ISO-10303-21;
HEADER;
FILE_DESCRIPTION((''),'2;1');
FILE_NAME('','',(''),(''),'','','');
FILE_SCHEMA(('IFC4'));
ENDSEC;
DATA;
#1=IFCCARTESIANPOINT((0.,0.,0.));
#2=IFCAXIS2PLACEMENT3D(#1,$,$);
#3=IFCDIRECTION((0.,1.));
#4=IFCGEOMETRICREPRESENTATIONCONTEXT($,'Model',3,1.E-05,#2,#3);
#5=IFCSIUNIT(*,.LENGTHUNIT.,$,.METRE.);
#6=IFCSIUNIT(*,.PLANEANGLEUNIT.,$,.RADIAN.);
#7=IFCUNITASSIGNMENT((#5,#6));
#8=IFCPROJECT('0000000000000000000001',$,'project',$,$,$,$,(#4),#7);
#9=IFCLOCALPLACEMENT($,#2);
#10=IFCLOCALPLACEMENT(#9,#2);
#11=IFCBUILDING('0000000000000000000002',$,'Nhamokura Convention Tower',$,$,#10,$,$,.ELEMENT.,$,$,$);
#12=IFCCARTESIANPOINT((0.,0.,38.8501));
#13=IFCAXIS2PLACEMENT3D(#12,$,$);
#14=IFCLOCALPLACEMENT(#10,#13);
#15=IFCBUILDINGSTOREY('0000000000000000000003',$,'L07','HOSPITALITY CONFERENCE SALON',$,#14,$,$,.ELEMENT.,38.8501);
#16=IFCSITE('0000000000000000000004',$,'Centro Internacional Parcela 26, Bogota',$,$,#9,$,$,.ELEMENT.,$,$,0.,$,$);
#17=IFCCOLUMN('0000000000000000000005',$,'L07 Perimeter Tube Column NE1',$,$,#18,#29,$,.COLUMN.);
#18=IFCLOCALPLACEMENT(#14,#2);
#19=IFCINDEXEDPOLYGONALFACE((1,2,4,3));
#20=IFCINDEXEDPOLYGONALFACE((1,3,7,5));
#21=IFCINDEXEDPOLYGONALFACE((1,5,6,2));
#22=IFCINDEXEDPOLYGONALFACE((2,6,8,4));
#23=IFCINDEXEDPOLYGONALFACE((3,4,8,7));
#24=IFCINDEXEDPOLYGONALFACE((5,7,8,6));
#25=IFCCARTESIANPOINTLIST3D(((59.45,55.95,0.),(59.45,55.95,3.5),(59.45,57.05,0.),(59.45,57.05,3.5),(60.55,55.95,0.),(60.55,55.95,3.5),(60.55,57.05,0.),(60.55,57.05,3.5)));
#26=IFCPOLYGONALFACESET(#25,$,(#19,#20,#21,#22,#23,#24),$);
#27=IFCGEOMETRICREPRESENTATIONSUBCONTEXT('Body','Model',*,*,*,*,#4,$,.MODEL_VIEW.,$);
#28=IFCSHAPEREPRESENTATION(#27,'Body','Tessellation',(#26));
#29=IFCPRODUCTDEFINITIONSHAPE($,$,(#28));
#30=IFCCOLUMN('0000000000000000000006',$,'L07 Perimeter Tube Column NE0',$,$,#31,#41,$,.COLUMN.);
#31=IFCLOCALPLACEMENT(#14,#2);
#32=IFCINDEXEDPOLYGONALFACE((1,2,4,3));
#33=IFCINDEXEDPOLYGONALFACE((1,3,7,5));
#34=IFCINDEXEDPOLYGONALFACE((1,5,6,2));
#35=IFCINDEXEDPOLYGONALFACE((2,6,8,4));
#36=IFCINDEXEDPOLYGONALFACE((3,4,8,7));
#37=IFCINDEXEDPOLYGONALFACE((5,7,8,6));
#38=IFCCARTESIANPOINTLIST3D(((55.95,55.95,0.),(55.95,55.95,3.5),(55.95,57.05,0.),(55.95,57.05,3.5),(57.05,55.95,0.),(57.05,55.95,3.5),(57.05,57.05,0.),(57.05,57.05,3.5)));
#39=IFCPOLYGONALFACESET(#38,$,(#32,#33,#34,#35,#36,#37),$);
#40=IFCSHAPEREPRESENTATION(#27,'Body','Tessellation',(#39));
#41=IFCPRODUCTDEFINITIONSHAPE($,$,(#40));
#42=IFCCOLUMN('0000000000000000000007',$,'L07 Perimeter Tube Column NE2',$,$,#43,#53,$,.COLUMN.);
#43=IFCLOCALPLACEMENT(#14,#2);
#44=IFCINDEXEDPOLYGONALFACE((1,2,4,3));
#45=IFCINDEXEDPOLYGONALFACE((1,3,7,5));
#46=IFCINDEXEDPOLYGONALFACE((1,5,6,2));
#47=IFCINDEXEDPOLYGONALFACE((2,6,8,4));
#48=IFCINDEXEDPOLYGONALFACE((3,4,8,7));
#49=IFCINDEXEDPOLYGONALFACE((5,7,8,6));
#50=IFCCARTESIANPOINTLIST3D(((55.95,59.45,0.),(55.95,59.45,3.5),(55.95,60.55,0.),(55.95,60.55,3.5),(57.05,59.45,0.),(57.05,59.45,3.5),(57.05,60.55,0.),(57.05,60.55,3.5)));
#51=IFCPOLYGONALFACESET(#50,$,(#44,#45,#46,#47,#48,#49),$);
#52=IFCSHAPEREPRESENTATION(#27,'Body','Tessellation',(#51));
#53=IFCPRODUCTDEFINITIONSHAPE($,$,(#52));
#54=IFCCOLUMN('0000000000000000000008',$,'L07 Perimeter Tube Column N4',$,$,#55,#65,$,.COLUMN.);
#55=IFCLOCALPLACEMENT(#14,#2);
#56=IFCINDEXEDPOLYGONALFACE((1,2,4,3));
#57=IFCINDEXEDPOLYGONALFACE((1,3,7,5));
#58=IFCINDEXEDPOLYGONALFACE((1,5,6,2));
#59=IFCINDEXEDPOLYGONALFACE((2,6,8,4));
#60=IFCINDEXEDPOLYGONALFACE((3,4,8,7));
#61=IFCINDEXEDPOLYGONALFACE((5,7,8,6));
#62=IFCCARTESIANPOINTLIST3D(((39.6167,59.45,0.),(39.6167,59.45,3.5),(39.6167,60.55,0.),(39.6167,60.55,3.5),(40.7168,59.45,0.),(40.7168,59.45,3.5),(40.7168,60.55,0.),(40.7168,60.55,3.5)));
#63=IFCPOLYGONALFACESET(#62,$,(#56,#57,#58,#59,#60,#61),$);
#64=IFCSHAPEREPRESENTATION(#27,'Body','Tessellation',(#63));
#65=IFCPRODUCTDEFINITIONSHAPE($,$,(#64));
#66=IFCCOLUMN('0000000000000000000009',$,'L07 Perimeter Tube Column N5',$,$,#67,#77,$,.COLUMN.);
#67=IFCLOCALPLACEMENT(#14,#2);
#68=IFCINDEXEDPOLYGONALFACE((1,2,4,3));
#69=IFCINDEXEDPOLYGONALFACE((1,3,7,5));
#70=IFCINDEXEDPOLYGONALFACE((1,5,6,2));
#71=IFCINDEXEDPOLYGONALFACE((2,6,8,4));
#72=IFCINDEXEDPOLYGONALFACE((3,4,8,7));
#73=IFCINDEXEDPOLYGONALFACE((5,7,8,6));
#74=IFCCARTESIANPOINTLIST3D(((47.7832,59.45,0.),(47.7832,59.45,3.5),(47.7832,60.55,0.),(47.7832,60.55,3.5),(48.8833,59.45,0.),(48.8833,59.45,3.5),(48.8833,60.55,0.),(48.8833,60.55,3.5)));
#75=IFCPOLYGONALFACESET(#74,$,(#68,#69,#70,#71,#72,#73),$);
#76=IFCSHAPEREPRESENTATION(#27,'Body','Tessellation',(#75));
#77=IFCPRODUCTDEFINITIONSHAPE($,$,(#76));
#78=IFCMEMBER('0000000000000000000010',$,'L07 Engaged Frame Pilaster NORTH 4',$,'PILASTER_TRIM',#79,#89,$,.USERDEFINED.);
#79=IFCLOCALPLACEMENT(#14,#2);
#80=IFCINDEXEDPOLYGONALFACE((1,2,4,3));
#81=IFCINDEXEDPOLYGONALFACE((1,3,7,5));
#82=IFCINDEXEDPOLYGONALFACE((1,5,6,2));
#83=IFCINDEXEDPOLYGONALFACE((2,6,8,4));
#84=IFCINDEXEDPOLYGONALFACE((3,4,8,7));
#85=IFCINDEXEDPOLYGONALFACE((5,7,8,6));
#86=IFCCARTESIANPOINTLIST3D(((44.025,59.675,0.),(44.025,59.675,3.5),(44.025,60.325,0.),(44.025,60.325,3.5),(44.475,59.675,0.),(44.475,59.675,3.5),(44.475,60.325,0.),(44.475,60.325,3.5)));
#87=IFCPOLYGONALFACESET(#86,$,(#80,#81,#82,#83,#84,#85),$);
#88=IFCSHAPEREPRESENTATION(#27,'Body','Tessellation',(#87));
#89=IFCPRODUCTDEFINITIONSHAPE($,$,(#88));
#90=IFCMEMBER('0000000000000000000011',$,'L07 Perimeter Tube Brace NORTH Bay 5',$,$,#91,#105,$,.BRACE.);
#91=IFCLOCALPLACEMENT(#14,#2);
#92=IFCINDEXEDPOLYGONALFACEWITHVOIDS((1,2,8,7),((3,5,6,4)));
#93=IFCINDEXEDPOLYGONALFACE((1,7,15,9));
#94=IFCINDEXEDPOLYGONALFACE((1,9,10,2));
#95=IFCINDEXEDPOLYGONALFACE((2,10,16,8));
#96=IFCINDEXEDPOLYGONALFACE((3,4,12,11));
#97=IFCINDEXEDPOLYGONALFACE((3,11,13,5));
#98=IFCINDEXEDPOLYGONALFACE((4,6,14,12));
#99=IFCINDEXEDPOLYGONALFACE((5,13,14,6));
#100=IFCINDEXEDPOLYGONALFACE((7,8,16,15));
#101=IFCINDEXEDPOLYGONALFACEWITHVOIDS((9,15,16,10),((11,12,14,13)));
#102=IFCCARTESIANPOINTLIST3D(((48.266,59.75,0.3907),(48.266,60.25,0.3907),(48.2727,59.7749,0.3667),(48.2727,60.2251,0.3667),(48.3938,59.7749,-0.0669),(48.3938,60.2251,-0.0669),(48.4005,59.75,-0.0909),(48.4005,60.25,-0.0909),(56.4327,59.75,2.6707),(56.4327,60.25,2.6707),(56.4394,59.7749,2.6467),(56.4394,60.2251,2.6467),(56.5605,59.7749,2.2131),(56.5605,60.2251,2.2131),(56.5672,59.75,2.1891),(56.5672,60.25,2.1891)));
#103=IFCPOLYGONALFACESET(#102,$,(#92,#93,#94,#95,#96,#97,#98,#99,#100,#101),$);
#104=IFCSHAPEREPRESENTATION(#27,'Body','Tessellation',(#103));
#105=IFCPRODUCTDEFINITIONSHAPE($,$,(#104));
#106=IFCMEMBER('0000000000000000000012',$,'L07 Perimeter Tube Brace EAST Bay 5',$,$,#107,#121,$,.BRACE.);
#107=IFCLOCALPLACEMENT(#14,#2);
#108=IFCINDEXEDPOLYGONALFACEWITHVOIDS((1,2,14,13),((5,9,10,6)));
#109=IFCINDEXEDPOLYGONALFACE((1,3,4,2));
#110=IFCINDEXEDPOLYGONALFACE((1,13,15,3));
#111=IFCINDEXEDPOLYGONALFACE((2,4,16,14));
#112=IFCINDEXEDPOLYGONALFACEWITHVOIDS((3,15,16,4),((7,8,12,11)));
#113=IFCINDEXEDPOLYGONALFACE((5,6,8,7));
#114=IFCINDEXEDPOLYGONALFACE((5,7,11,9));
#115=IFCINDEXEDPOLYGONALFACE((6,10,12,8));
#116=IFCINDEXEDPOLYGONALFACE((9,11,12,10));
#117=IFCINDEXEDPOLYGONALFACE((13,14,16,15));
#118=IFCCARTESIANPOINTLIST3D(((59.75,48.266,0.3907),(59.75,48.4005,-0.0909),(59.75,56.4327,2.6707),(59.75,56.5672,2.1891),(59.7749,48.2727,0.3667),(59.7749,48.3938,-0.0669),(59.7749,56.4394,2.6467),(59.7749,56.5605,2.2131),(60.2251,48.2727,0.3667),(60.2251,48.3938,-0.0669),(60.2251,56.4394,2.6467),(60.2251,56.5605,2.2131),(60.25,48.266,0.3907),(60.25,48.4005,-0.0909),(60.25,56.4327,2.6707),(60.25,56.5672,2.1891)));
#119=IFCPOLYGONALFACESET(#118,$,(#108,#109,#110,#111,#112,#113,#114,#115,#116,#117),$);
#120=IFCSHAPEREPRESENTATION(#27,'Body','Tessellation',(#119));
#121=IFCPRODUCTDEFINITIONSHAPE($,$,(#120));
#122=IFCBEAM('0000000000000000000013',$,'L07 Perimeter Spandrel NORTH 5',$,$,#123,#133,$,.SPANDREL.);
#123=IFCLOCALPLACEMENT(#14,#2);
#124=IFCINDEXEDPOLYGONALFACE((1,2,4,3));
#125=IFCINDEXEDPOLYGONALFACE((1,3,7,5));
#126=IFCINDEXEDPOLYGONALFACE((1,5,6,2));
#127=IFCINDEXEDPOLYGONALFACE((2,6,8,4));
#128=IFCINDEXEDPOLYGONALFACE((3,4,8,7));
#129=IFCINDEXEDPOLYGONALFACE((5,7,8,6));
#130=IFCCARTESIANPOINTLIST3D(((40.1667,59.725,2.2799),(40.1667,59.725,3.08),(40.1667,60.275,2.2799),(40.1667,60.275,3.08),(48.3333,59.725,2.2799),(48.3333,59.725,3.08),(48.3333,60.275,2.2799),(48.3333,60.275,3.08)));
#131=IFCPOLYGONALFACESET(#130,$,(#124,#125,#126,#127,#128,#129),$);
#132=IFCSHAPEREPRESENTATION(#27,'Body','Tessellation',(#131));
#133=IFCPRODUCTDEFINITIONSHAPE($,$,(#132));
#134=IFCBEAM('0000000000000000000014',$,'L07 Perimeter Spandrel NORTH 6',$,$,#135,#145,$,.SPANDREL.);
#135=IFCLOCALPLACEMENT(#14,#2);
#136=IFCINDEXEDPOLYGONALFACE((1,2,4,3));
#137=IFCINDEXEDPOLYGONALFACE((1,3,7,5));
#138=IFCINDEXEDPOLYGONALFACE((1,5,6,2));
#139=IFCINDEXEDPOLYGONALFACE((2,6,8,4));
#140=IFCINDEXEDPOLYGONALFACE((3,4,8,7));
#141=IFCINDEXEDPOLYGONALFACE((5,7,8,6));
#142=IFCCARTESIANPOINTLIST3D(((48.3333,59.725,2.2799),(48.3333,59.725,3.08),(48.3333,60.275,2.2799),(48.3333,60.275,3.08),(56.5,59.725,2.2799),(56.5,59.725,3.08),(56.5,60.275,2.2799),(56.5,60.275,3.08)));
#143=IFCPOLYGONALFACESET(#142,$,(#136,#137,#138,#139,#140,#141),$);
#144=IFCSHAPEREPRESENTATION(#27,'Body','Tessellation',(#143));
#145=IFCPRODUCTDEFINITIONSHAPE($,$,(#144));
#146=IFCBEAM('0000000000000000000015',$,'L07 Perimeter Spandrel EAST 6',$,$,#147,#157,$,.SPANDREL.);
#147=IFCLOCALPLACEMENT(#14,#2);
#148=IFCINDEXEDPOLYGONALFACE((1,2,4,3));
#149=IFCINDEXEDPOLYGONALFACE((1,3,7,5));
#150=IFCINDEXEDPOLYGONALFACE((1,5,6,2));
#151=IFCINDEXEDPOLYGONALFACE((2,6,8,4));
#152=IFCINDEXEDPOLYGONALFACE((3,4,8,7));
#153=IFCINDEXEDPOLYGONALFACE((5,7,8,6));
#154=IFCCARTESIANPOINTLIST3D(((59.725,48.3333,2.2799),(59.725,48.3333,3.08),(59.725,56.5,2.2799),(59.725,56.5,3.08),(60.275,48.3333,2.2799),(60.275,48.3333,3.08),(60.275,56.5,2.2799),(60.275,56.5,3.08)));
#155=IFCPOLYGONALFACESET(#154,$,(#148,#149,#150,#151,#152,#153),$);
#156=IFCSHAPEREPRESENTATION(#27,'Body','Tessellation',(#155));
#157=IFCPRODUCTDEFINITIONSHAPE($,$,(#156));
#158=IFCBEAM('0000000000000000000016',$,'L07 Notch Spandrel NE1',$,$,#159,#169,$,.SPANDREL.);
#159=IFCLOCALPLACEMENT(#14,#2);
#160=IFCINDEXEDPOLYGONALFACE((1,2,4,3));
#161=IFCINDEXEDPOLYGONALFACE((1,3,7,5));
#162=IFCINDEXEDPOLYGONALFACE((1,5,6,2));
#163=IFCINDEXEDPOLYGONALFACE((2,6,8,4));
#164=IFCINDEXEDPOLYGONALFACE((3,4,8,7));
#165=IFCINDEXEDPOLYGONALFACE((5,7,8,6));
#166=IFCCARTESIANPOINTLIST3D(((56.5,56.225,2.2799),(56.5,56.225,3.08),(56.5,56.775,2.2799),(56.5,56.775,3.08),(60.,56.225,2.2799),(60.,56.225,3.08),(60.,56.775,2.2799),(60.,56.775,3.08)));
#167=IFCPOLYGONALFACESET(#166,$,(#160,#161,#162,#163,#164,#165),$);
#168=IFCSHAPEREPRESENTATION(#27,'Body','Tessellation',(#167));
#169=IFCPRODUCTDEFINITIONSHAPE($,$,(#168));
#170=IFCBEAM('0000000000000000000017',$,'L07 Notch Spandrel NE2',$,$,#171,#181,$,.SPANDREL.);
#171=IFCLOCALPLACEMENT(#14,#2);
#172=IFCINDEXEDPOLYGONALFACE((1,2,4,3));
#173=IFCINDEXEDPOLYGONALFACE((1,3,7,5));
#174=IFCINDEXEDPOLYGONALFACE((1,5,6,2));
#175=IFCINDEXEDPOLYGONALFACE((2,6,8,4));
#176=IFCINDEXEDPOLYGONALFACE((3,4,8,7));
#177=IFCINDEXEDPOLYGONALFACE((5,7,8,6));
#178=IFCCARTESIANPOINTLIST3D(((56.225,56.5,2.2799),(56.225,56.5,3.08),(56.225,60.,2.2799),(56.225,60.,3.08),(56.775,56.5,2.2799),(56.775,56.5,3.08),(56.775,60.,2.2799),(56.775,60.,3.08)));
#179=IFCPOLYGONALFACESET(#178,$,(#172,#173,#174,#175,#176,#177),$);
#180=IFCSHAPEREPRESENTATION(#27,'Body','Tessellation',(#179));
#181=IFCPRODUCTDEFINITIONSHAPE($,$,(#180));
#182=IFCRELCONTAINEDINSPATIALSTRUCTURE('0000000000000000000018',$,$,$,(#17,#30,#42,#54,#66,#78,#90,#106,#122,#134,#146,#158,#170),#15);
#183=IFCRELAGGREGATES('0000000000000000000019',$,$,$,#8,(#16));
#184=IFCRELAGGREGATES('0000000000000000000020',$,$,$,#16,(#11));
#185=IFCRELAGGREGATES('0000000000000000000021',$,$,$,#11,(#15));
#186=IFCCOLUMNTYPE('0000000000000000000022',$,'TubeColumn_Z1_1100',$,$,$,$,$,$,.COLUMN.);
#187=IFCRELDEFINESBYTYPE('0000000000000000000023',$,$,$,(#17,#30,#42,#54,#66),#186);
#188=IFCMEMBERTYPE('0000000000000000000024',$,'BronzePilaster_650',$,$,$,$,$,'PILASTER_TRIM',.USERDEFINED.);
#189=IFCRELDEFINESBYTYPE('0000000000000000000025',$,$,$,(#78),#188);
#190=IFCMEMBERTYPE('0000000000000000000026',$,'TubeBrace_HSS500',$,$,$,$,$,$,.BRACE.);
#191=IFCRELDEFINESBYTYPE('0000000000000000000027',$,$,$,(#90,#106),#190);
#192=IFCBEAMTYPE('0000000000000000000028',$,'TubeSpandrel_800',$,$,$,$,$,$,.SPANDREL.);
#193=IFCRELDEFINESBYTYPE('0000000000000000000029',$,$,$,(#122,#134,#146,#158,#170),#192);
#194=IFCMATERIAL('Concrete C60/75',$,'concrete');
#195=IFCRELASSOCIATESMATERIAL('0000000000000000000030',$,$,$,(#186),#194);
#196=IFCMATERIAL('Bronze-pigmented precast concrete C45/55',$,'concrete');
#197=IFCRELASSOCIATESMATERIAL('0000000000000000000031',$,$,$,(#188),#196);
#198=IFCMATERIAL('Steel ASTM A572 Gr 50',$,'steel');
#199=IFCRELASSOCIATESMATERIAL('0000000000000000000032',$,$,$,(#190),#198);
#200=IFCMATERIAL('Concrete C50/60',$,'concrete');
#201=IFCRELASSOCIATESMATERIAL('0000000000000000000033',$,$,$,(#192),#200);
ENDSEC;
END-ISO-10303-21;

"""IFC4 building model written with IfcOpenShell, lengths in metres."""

from ifc_helpers import new_model, si_unit, direction, frame, origin, origin_2d, place, context, subcontext, project, spatial, rectangle, hollow_rectangle, extrude, material, material_profile, profile_set, type_object, element, save


model = new_model("IFC4")

# Units and contexts
model_context = context("Model", 3, precision=1e-05, world=origin(), true_north=direction((0.0, 1.0)))
body_context = subcontext(model_context, "Body", "Model", "MODEL_VIEW")
ifc_project = project(units=[si_unit("LENGTHUNIT", "METRE"), si_unit("PLANEANGLEUNIT", "RADIAN")], contexts=[model_context])

# Site, building, storey
site_placement = place(None, origin())
site = spatial("IfcSite", under=ifc_project, at=site_placement, Name="Centro Internacional Parcela 26, Bogota", CompositionType="ELEMENT", RefElevation=0.0)
building_placement = place(site_placement, origin())
building = spatial("IfcBuilding", under=site, at=building_placement, Name="Nhamokura Convention Tower", CompositionType="ELEMENT")
storey_placement = place(building_placement, frame((0.0, 0.0, 38.8501)))
storey = spatial("IfcBuildingStorey", under=building, at=storey_placement, Name="L07", Description="HOSPITALITY CONFERENCE SALON", CompositionType="ELEMENT", Elevation=38.8501)

# Columns
ifc_material_1 = material(Name="Concrete C60/75", Category="concrete")
ifc_material_profile_1 = material_profile(ifc_material_1, rectangle(XDim=1.1001, YDim=1.1001, at=origin_2d()))
ifc_profile_set_1 = profile_set([ifc_material_profile_1], Name="Concrete C60/75")
column_type = type_object("IfcColumnType", Name="TubeColumn_Z1_1100", PredefinedType="COLUMN", material=ifc_profile_set_1)
for number, where, z_axis, x_axis, name in (
    (1, (60.0, 56.5, 0.0), (0.0, 0.0, 1.0), (1.0, 0.0, 0.0), "L07 Perimeter Tube Column NE1"),
    (2, (56.5, 56.5, 0.0), (0.0, 0.0, 1.0), (1.0, 0.0, 0.0), "L07 Perimeter Tube Column NE0"),
    (3, (56.5, 60.0, 0.0), (0.0, 0.0, 1.0), (1.0, 0.0, 0.0), "L07 Perimeter Tube Column NE2"),
    (4, (40.1667, 60.0, 0.0), (0.0, 0.0, 1.0), (1.0, 0.0, 0.0), "L07 Perimeter Tube Column N4"),
    (5, (48.3333, 60.0, 0.0), (0.0, 0.0, 1.0), (1.0, 0.0, 0.0), "L07 Perimeter Tube Column N5"),
):
    element("IfcColumn", number, at=place(storey_placement, frame(where, z_axis=z_axis, x_axis=x_axis)), inside=storey, type_object=column_type, Name=name, PredefinedType="COLUMN", context=body_context, shape_type="SweptSolid", body=[
        extrude(rectangle(XDim=1.1001, YDim=1.1001, at=origin_2d()), origin(), (0.0, 0.0, 1.0), 3.5),
    ])

# Members
ifc_material_2 = material(Name="Bronze-pigmented precast concrete C45/55", Category="concrete")
ifc_material_profile_2 = material_profile(ifc_material_2, rectangle(XDim=0.45, YDim=0.6499, at=origin_2d()))
ifc_profile_set_2 = profile_set([ifc_material_profile_2], Name="Bronze-pigmented precast concrete C45/55")
member_type_1 = type_object("IfcMemberType", Name="BronzePilaster_650", ElementType="PILASTER_TRIM", PredefinedType="USERDEFINED", material=ifc_profile_set_2)
member_placement = place(storey_placement, frame((44.25, 60.0, 0.0), z_axis=(0.0, 0.0, 1.0), x_axis=(1.0, 0.0, 0.0)))
element("IfcMember", 6, at=member_placement, inside=storey, type_object=member_type_1, Name="L07 Engaged Frame Pilaster NORTH 4", ObjectType="PILASTER_TRIM", PredefinedType="USERDEFINED", context=body_context, shape_type="SweptSolid", body=[
    extrude(rectangle(XDim=0.45, YDim=0.6499, at=origin_2d()), origin(), (0.0, 0.0, 1.0), 3.5),
])
ifc_material_3 = material(Name="Steel ASTM A572 Gr 50", Category="steel")
ifc_material_profile_3 = material_profile(ifc_material_3, hollow_rectangle(XDim=0.5, YDim=0.5, WallThickness=0.0249, at=origin_2d()))
ifc_profile_set_3 = profile_set([ifc_material_profile_3], Name="Steel ASTM A572 Gr 50")
member_type_2 = type_object("IfcMemberType", Name="TubeBrace_HSS500", PredefinedType="BRACE", material=ifc_profile_set_3)
for number, where, z_axis, x_axis, name in (
    (7, (48.3333, 60.0, 0.1499), (0.963168, 0.0, 0.268901), (0.0, 1.0, 0.0), "L07 Perimeter Tube Brace NORTH Bay 5"),
    (8, (60.0, 48.3333, 0.1499), (0.0, 0.963168, 0.268901), (-1.0, 0.0, 0.0), "L07 Perimeter Tube Brace EAST Bay 5"),
):
    element("IfcMember", number, at=place(storey_placement, frame(where, z_axis=z_axis, x_axis=x_axis)), inside=storey, type_object=member_type_2, Name=name, PredefinedType="BRACE", context=body_context, shape_type="SweptSolid", body=[
        extrude(hollow_rectangle(XDim=0.5, YDim=0.5, WallThickness=0.0249, at=origin_2d()), origin(), (0.0, 0.0, 1.0), 8.479),
    ])

# Beams
ifc_material_4 = material(Name="Concrete C50/60", Category="concrete")
ifc_material_profile_4 = material_profile(ifc_material_4, rectangle(XDim=0.55, YDim=0.8, at=origin_2d()))
ifc_profile_set_4 = profile_set([ifc_material_profile_4], Name="Concrete C50/60")
beam_type = type_object("IfcBeamType", Name="TubeSpandrel_800", PredefinedType="SPANDREL", material=ifc_profile_set_4)
beam_placement = place(storey_placement, frame((40.1667, 60.0, 2.6799), z_axis=(1.0, 0.0, 0.0), x_axis=(0.0, 1.0, 0.0)))
element("IfcBeam", 9, at=beam_placement, inside=storey, type_object=beam_type, Name="L07 Perimeter Spandrel NORTH 5", PredefinedType="SPANDREL", context=body_context, shape_type="SweptSolid", body=[
    extrude(rectangle(XDim=0.55, YDim=0.8, at=origin_2d()), origin(), (0.0, 0.0, 1.0), 8.1665),
])
for number, where, z_axis, x_axis, name in (
    (10, (48.3333, 60.0, 2.6799), (1.0, 0.0, 0.0), (0.0, 1.0, 0.0), "L07 Perimeter Spandrel NORTH 6"),
    (11, (60.0, 48.3333, 2.6799), (0.0, 1.0, 0.0), (-1.0, 0.0, 0.0), "L07 Perimeter Spandrel EAST 6"),
):
    element("IfcBeam", number, at=place(storey_placement, frame(where, z_axis=z_axis, x_axis=x_axis)), inside=storey, type_object=beam_type, Name=name, PredefinedType="SPANDREL", context=body_context, shape_type="SweptSolid", body=[
        extrude(rectangle(XDim=0.55, YDim=0.8, at=origin_2d()), origin(), (0.0, 0.0, 1.0), 8.1667),
    ])
for number, where, z_axis, x_axis, name in (
    (12, (60.0, 56.5, 2.6799), (-1.0, 0.0, 0.0), (0.0, -1.0, 0.0), "L07 Notch Spandrel NE1"),
    (13, (56.5, 56.5, 2.6799), (0.0, 1.0, 0.0), (-1.0, 0.0, 0.0), "L07 Notch Spandrel NE2"),
):
    element("IfcBeam", number, at=place(storey_placement, frame(where, z_axis=z_axis, x_axis=x_axis)), inside=storey, type_object=beam_type, Name=name, PredefinedType="SPANDREL", context=body_context, shape_type="SweptSolid", body=[
        extrude(rectangle(XDim=0.55, YDim=0.8, at=origin_2d()), origin(), (0.0, 0.0, 1.0), 3.5),
    ])

save(model, "model.ifc")
